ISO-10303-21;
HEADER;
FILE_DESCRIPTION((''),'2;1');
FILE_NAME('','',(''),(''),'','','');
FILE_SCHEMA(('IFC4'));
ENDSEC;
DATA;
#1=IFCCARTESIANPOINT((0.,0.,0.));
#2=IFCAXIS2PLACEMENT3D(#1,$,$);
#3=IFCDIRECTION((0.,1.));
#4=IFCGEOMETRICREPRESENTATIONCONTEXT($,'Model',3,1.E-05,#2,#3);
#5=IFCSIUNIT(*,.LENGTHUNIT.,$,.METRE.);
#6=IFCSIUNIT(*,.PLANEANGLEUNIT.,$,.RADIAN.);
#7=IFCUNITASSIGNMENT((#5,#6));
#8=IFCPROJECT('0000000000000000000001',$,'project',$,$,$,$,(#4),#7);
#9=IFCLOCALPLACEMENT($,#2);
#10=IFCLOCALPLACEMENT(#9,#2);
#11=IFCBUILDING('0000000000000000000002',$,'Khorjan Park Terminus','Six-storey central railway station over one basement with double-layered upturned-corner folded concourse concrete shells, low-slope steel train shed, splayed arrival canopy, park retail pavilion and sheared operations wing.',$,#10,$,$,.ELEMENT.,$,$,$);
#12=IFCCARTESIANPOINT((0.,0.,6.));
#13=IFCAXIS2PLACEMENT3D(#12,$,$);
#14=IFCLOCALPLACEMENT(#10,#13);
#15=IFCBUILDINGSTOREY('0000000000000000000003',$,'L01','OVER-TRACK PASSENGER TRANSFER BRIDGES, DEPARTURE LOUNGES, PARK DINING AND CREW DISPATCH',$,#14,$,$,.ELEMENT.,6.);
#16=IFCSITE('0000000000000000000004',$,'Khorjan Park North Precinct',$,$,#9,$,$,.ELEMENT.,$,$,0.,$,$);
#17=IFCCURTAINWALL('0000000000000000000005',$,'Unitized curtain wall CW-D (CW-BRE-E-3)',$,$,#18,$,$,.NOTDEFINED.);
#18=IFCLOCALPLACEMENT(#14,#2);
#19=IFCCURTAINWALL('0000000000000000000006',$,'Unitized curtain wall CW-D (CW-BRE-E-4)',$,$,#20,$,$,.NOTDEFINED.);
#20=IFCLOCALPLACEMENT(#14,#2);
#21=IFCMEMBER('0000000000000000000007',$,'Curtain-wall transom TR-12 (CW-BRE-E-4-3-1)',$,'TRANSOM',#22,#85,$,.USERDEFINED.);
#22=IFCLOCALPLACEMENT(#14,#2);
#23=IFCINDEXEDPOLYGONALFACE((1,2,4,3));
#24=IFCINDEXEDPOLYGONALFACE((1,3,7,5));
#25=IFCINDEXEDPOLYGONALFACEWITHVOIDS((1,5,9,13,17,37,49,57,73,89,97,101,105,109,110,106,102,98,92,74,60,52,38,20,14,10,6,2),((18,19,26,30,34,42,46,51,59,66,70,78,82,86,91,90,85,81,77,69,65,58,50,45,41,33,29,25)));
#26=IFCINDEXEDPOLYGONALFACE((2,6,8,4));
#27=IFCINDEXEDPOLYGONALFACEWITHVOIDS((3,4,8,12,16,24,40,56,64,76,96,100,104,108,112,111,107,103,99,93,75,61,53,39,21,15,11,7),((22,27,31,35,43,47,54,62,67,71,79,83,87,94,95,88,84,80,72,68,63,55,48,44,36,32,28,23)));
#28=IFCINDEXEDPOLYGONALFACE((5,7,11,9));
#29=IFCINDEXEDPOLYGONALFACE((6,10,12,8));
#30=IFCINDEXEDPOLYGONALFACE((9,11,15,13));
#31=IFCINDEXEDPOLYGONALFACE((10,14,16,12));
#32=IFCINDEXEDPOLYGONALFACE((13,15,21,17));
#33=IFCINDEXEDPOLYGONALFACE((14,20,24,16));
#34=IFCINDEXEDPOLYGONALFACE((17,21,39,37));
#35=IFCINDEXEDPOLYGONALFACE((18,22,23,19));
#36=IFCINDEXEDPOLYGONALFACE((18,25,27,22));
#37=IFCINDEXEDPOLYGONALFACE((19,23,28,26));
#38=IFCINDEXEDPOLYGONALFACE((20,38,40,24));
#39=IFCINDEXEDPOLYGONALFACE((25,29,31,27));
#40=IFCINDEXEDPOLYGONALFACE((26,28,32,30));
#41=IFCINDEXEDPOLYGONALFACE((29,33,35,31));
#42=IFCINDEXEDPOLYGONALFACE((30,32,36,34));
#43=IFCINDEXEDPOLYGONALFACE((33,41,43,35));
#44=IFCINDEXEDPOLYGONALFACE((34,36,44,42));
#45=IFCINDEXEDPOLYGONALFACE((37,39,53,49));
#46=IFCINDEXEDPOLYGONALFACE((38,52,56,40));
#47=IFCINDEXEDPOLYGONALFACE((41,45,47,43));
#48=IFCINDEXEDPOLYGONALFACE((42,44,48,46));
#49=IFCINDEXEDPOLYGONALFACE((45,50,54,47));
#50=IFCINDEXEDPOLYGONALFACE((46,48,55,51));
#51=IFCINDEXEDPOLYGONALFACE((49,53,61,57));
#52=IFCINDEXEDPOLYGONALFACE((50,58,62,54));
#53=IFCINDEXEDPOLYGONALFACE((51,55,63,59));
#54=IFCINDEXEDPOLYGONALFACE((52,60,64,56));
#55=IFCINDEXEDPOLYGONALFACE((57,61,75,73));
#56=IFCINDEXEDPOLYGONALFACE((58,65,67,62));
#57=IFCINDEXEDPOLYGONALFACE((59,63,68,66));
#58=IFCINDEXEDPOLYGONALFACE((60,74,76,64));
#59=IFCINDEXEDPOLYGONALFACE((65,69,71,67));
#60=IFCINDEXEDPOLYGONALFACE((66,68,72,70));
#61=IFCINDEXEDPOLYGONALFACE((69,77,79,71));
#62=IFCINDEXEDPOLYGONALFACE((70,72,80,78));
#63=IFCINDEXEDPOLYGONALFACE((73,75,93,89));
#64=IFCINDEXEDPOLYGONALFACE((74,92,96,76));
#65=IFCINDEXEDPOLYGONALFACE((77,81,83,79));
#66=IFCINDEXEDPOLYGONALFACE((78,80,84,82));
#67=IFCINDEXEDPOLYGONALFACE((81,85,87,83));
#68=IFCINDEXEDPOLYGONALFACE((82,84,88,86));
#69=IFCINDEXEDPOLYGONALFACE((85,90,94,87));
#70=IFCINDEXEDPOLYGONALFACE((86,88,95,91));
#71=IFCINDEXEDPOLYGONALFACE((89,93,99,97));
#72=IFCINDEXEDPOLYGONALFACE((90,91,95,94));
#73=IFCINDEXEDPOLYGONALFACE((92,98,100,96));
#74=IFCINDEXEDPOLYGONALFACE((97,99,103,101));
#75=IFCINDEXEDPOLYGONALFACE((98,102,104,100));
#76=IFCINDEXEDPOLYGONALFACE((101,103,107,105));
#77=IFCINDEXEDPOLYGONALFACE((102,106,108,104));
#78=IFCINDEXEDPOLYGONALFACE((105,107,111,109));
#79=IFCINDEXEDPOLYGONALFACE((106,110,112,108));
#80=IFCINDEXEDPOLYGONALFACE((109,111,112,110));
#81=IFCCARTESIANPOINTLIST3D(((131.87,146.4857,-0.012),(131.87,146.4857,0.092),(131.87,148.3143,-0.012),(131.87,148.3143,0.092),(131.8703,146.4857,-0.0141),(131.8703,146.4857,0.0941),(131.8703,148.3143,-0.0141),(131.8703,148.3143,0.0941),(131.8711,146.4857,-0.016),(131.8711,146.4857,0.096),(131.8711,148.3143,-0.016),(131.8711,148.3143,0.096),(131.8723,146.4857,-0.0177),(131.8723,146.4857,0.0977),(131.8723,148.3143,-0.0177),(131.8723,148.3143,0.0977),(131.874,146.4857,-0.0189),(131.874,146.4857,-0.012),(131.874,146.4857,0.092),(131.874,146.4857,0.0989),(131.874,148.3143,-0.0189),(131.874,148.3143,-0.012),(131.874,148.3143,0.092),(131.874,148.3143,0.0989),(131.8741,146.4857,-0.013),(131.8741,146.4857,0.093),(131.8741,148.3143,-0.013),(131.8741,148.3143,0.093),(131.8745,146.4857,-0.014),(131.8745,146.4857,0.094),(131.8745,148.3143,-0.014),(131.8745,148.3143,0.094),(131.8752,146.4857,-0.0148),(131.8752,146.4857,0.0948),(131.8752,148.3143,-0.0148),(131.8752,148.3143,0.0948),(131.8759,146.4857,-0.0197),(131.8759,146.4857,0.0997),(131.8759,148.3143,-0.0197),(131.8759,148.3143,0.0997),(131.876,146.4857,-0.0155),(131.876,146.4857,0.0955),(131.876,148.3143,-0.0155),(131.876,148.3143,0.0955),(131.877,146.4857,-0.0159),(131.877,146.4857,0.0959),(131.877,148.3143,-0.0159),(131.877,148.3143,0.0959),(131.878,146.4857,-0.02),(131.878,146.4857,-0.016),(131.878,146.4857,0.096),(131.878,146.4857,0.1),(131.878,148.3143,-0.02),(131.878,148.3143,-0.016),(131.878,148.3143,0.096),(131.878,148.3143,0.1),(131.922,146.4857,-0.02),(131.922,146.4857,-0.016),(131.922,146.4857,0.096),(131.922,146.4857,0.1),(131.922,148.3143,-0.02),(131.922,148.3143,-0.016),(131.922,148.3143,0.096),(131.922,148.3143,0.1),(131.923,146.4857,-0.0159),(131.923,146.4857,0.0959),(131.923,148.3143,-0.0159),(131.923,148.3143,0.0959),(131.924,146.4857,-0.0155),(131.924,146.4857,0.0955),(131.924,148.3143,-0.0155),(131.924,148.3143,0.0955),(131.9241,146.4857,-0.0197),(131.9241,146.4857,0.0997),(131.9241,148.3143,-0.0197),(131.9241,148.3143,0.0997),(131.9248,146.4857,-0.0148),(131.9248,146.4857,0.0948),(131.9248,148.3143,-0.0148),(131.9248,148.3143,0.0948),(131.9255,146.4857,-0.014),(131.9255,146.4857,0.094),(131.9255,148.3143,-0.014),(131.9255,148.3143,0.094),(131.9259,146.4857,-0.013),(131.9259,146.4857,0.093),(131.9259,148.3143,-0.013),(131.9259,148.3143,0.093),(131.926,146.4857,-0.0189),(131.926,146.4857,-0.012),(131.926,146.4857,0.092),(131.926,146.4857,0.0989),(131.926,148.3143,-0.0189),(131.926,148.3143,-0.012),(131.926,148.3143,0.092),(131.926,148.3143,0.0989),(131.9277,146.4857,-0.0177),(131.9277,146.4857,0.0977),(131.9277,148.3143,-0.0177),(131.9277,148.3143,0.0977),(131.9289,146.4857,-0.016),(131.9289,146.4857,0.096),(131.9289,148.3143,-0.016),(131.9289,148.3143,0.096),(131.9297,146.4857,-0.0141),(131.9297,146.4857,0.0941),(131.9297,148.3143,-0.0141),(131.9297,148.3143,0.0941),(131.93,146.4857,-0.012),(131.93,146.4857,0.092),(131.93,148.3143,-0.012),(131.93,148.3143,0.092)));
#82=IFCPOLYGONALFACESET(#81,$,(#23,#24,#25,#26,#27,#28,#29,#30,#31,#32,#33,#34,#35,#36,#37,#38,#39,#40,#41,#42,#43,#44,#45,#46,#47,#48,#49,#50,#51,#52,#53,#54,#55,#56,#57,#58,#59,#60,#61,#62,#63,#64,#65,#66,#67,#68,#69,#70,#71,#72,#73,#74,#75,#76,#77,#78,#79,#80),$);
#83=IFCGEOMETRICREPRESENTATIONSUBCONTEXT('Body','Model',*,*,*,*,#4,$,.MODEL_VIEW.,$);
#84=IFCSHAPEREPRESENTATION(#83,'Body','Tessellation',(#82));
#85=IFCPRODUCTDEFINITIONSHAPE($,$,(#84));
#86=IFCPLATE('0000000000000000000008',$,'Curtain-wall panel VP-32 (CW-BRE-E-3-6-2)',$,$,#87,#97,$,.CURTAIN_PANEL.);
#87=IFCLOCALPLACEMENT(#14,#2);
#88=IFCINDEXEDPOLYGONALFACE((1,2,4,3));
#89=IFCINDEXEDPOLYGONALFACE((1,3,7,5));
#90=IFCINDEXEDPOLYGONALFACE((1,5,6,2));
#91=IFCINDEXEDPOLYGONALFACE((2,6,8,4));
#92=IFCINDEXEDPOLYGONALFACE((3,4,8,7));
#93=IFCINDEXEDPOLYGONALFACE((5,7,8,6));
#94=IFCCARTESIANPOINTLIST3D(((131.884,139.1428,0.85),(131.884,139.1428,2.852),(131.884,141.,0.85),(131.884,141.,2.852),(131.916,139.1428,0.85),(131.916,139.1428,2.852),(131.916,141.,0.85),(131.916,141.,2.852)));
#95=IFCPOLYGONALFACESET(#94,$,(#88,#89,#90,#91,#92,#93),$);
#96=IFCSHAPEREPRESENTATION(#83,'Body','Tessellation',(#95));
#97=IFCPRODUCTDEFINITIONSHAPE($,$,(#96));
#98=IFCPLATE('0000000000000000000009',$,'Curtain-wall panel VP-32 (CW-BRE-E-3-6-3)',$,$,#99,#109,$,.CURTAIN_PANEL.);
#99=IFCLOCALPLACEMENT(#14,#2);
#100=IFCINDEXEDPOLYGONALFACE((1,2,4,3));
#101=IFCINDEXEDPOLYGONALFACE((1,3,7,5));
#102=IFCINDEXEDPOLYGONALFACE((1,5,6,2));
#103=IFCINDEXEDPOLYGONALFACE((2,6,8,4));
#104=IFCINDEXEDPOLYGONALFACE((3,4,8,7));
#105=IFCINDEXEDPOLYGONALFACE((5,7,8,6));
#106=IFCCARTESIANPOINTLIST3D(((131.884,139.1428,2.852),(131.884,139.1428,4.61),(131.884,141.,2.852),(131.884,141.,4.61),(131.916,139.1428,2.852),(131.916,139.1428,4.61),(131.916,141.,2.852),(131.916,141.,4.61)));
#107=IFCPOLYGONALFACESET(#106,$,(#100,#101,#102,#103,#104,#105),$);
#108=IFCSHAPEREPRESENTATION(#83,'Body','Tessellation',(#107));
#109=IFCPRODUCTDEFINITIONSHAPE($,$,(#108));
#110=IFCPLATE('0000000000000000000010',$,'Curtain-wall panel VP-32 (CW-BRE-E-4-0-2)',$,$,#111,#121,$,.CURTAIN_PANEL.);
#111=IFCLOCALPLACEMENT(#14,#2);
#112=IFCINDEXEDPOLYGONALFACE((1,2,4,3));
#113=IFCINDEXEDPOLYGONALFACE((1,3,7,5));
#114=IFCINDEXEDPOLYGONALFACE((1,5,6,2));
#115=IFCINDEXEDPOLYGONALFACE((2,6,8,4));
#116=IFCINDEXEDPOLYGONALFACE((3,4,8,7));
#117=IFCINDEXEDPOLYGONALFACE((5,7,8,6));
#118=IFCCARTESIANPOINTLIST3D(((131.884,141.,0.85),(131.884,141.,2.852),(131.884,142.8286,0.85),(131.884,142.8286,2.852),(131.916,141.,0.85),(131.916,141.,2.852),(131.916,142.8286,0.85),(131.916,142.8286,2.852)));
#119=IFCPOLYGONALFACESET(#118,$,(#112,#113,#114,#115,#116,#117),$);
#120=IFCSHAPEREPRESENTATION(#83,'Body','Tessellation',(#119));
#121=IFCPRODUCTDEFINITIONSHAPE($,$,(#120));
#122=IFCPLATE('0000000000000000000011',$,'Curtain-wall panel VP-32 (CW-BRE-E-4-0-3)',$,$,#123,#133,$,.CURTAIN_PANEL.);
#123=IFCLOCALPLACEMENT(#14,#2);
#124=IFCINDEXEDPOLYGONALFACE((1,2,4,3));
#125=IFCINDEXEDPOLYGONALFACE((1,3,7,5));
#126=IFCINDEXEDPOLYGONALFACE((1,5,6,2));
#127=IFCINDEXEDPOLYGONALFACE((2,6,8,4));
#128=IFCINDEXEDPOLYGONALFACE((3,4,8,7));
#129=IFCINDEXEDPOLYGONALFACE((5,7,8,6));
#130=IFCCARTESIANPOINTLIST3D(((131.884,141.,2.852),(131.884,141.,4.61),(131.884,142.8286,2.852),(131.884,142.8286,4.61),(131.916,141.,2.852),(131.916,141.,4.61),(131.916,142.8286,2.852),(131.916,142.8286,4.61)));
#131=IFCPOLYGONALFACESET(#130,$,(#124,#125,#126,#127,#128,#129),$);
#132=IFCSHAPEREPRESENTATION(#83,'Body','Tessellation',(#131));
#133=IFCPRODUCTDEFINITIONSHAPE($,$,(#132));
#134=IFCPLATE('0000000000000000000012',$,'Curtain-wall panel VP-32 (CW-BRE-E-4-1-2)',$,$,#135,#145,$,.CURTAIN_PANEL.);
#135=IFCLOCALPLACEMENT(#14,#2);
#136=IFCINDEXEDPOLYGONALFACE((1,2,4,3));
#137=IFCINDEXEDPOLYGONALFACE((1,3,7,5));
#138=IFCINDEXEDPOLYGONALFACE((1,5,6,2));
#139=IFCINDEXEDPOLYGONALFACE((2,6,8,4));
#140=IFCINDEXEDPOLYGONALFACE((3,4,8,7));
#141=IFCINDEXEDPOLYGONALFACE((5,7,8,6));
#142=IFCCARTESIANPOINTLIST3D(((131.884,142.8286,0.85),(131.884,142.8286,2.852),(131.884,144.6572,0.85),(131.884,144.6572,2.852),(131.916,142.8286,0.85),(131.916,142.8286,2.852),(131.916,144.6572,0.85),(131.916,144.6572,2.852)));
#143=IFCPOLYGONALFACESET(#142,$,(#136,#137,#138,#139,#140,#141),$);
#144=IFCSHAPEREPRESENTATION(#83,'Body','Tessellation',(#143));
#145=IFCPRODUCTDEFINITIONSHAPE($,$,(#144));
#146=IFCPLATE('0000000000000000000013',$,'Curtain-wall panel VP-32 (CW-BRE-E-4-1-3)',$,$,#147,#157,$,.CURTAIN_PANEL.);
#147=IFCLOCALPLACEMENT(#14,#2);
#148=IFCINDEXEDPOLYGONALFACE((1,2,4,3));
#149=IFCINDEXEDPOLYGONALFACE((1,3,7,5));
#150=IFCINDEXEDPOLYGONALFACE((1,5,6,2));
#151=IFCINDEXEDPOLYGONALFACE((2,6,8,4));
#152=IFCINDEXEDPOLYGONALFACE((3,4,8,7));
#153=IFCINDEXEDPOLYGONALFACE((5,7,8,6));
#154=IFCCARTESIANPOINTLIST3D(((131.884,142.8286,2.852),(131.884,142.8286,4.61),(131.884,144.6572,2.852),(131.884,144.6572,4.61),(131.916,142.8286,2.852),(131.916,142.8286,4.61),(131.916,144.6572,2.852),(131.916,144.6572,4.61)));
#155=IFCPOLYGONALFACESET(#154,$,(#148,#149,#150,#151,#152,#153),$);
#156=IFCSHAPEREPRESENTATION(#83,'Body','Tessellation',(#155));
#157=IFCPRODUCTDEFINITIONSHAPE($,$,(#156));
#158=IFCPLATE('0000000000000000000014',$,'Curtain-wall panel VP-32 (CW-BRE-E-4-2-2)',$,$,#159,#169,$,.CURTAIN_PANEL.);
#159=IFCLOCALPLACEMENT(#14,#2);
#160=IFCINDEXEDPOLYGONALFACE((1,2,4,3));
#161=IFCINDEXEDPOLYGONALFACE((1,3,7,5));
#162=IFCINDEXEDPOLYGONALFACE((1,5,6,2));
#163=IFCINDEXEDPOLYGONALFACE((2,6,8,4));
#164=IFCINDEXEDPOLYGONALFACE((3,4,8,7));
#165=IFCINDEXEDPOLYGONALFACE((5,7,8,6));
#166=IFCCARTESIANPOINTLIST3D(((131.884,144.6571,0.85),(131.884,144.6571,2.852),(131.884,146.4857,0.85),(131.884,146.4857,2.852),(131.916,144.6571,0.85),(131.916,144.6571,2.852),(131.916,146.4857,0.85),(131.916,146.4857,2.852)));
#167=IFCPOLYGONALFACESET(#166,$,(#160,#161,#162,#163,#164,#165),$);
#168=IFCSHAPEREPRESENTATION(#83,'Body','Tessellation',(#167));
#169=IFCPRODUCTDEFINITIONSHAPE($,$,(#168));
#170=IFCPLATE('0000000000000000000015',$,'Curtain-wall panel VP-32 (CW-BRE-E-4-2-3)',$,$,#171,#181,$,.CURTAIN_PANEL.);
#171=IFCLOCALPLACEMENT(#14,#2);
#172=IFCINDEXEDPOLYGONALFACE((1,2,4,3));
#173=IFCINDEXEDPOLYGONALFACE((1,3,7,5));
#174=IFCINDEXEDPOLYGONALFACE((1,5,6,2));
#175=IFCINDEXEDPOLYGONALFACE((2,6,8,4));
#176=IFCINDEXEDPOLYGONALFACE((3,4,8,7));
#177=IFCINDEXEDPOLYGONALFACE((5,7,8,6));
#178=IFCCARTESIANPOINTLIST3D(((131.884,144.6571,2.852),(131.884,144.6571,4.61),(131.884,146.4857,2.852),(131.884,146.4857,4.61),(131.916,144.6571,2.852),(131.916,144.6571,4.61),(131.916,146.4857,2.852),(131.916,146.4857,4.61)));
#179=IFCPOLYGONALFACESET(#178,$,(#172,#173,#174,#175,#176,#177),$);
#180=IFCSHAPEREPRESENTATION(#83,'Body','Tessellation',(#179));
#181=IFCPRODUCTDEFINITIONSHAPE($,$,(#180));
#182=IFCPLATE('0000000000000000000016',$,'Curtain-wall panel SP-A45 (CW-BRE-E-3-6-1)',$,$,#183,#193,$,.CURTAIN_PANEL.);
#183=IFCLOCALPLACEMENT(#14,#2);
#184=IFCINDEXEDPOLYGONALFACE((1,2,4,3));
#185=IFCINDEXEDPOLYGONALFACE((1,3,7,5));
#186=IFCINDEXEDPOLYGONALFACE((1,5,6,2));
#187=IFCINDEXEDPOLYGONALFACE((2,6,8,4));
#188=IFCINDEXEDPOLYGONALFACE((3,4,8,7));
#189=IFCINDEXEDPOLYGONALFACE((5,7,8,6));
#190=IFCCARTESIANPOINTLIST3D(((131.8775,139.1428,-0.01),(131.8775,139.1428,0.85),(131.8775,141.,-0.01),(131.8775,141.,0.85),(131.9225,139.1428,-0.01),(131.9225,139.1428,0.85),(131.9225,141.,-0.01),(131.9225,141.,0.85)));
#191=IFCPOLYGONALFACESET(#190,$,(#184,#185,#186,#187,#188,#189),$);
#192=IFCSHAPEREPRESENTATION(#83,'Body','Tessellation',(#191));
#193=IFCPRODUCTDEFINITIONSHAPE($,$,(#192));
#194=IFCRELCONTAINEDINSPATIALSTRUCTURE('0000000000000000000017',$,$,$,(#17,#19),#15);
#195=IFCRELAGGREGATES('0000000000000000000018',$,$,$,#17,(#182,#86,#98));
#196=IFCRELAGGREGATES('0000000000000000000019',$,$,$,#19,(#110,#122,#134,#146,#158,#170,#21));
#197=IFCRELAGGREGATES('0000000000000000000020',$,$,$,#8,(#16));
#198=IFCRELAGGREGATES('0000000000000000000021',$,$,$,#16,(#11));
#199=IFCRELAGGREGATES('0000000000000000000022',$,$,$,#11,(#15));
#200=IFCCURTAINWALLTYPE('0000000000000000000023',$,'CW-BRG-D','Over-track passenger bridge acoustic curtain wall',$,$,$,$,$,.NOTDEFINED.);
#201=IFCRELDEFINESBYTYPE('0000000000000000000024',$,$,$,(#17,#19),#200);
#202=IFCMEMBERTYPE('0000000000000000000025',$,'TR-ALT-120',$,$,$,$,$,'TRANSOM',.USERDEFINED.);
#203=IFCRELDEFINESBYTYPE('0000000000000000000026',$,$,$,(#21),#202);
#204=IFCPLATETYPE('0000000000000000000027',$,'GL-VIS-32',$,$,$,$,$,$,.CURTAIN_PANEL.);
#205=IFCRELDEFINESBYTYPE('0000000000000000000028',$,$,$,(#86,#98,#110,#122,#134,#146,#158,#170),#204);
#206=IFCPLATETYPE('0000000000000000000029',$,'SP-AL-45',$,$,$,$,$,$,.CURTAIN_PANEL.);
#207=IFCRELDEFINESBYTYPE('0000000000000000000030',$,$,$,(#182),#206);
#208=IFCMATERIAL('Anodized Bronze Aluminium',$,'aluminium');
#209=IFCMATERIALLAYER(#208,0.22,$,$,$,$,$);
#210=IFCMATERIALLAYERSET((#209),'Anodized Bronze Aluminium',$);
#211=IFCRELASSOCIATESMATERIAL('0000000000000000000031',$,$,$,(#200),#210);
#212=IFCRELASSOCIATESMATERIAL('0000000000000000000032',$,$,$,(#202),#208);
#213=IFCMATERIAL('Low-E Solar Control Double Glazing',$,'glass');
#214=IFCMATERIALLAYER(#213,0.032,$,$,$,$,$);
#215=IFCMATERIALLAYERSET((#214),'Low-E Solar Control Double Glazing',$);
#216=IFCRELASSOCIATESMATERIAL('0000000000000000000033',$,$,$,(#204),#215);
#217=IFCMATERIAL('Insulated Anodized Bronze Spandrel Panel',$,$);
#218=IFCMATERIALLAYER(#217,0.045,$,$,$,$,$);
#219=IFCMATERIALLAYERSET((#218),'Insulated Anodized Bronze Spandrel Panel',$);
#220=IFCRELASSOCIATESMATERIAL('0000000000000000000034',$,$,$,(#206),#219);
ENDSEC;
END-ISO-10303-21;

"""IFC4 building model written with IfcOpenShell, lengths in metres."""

from ifc_helpers import new_model, si_unit, direction, frame, origin, origin_2d, place, context, subcontext, project, spatial, rectangle, hollow_rectangle, extrude, material, layer, layer_set, material_profile, profile_set, type_object, element, aggregate, save


model = new_model("IFC4")

# Units and contexts
model_context = context("Model", 3, precision=1e-05, world=origin(), true_north=direction((0.0, 1.0)))
body_context = subcontext(model_context, "Body", "Model", "MODEL_VIEW")
ifc_project = project(units=[si_unit("LENGTHUNIT", "METRE"), si_unit("PLANEANGLEUNIT", "RADIAN")], contexts=[model_context])

# Site, building, storey
site_placement = place(None, origin())
site = spatial("IfcSite", under=ifc_project, at=site_placement, Name="Khorjan Park North Precinct", CompositionType="ELEMENT", RefElevation=0.0)
building_placement = place(site_placement, origin())
building = spatial("IfcBuilding", under=site, at=building_placement, Name="Khorjan Park Terminus", Description="Six-storey central railway station over one basement with double-layered upturned-corner folded concourse concrete shells, low-slope steel train shed, splayed arrival canopy, park retail pavilion and sheared operations wing.", CompositionType="ELEMENT")
storey_placement = place(building_placement, frame((0.0, 0.0, 6.0)))
storey = spatial("IfcBuildingStorey", under=building, at=storey_placement, Name="L01", Description="OVER-TRACK PASSENGER TRANSFER BRIDGES, DEPARTURE LOUNGES, PARK DINING AND CREW DISPATCH", CompositionType="ELEMENT", Elevation=6.0)

# Curtain wall
ifc_material_1 = material(Name="Anodized Bronze Aluminium", Category="aluminium")
ifc_layer_1 = layer(ifc_material_1, 0.22)
ifc_layer_set_1 = layer_set([ifc_layer_1], Name="Anodized Bronze Aluminium")
curtain_wall_type = type_object("IfcCurtainWallType", Name="CW-BRG-D", Description="Over-track passenger bridge acoustic curtain wall", PredefinedType="NOTDEFINED", material=ifc_layer_set_1)
curtain_wall_1_placement = place(storey_placement, origin())
curtain_wall_1 = element("IfcCurtainWall", 1, at=curtain_wall_1_placement, inside=storey, type_object=curtain_wall_type, Name="Unitized curtain wall CW-D (CW-BRE-E-3)", PredefinedType="NOTDEFINED")

# Curtain wall
curtain_wall_2_placement = place(storey_placement, origin())
curtain_wall_2 = element("IfcCurtainWall", 2, at=curtain_wall_2_placement, inside=storey, type_object=curtain_wall_type, Name="Unitized curtain wall CW-D (CW-BRE-E-4)", PredefinedType="NOTDEFINED")

# Member
ifc_material_profile_1 = material_profile(ifc_material_1, hollow_rectangle(XDim=0.06, YDim=0.12, WallThickness=0.004, InnerFilletRadius=0.004, OuterFilletRadius=0.008, at=origin_2d()), Name="ALT 60x120x4")
ifc_profile_set_1 = profile_set([ifc_material_profile_1], Name="Anodized Bronze Aluminium")
member_type_1 = type_object("IfcMemberType", Name="TR-ALT-120", ElementType="TRANSOM", PredefinedType="USERDEFINED", material=ifc_profile_set_1)
member_1_placement = place(storey_placement, frame((131.9, 146.4857, 0.04), z_axis=(0.0, 1.0, 0.0), x_axis=(-1.0, 0.0, 0.0)))
member_1 = element("IfcMember", 3, at=member_1_placement, type_object=member_type_1, Name="Curtain-wall transom TR-12 (CW-BRE-E-4-3-1)", ObjectType="TRANSOM", PredefinedType="USERDEFINED", context=body_context, shape_type="SweptSolid", body=[
    extrude(hollow_rectangle(XDim=0.06, YDim=0.12, WallThickness=0.004, InnerFilletRadius=0.004, OuterFilletRadius=0.008, at=origin_2d()), origin(), (0.0, 0.0, 1.0), 1.8286),
])

# Plates
ifc_material_2 = material(Name="Low-E Solar Control Double Glazing", Category="glass")
ifc_layer_2 = layer(ifc_material_2, 0.032)
ifc_layer_set_2 = layer_set([ifc_layer_2], Name="Low-E Solar Control Double Glazing")
plate_type_1 = type_object("IfcPlateType", Name="GL-VIS-32", PredefinedType="CURTAIN_PANEL", material=ifc_layer_set_2)
plate_1_placement = place(storey_placement, frame((131.9, 140.0714, 0.85), z_axis=(0.0, 0.0, 1.0), x_axis=(0.0, 1.0, 0.0)))
plate_1 = element("IfcPlate", 4, at=plate_1_placement, type_object=plate_type_1, Name="Curtain-wall panel VP-32 (CW-BRE-E-3-6-2)", PredefinedType="CURTAIN_PANEL", context=body_context, shape_type="SweptSolid", body=[
    extrude(rectangle(XDim=1.8571, YDim=0.032, at=origin_2d()), origin(), (0.0, 0.0, 1.0), 2.002),
])
plate_2_placement = place(storey_placement, frame((131.9, 140.0714, 2.852), z_axis=(0.0, 0.0, 1.0), x_axis=(0.0, 1.0, 0.0)))
plate_2 = element("IfcPlate", 5, at=plate_2_placement, type_object=plate_type_1, Name="Curtain-wall panel VP-32 (CW-BRE-E-3-6-3)", PredefinedType="CURTAIN_PANEL", context=body_context, shape_type="SweptSolid", body=[
    extrude(rectangle(XDim=1.8571, YDim=0.032, at=origin_2d()), origin(), (0.0, 0.0, 1.0), 1.758),
])
plate_3_placement = place(storey_placement, frame((131.9, 141.9143, 0.85), z_axis=(0.0, 0.0, 1.0), x_axis=(0.0, 1.0, 0.0)))
plate_3 = element("IfcPlate", 6, at=plate_3_placement, type_object=plate_type_1, Name="Curtain-wall panel VP-32 (CW-BRE-E-4-0-2)", PredefinedType="CURTAIN_PANEL", context=body_context, shape_type="SweptSolid", body=[
    extrude(rectangle(XDim=1.8286, YDim=0.032, at=origin_2d()), origin(), (0.0, 0.0, 1.0), 2.002),
])
plate_4_placement = place(storey_placement, frame((131.9, 141.9143, 2.852), z_axis=(0.0, 0.0, 1.0), x_axis=(0.0, 1.0, 0.0)))
plate_4 = element("IfcPlate", 7, at=plate_4_placement, type_object=plate_type_1, Name="Curtain-wall panel VP-32 (CW-BRE-E-4-0-3)", PredefinedType="CURTAIN_PANEL", context=body_context, shape_type="SweptSolid", body=[
    extrude(rectangle(XDim=1.8286, YDim=0.032, at=origin_2d()), origin(), (0.0, 0.0, 1.0), 1.758),
])
plate_5_placement = place(storey_placement, frame((131.9, 143.7429, 0.85), z_axis=(0.0, 0.0, 1.0), x_axis=(0.0, 1.0, 0.0)))
plate_5 = element("IfcPlate", 8, at=plate_5_placement, type_object=plate_type_1, Name="Curtain-wall panel VP-32 (CW-BRE-E-4-1-2)", PredefinedType="CURTAIN_PANEL", context=body_context, shape_type="SweptSolid", body=[
    extrude(rectangle(XDim=1.8286, YDim=0.032, at=origin_2d()), origin(), (0.0, 0.0, 1.0), 2.002),
])
plate_6_placement = place(storey_placement, frame((131.9, 143.7429, 2.852), z_axis=(0.0, 0.0, 1.0), x_axis=(0.0, 1.0, 0.0)))
plate_6 = element("IfcPlate", 9, at=plate_6_placement, type_object=plate_type_1, Name="Curtain-wall panel VP-32 (CW-BRE-E-4-1-3)", PredefinedType="CURTAIN_PANEL", context=body_context, shape_type="SweptSolid", body=[
    extrude(rectangle(XDim=1.8286, YDim=0.032, at=origin_2d()), origin(), (0.0, 0.0, 1.0), 1.758),
])
plate_7_placement = place(storey_placement, frame((131.9, 145.5714, 0.85), z_axis=(0.0, 0.0, 1.0), x_axis=(0.0, 1.0, 0.0)))
plate_7 = element("IfcPlate", 10, at=plate_7_placement, type_object=plate_type_1, Name="Curtain-wall panel VP-32 (CW-BRE-E-4-2-2)", PredefinedType="CURTAIN_PANEL", context=body_context, shape_type="SweptSolid", body=[
    extrude(rectangle(XDim=1.8286, YDim=0.032, at=origin_2d()), origin(), (0.0, 0.0, 1.0), 2.002),
])
plate_8_placement = place(storey_placement, frame((131.9, 145.5714, 2.852), z_axis=(0.0, 0.0, 1.0), x_axis=(0.0, 1.0, 0.0)))
plate_8 = element("IfcPlate", 11, at=plate_8_placement, type_object=plate_type_1, Name="Curtain-wall panel VP-32 (CW-BRE-E-4-2-3)", PredefinedType="CURTAIN_PANEL", context=body_context, shape_type="SweptSolid", body=[
    extrude(rectangle(XDim=1.8286, YDim=0.032, at=origin_2d()), origin(), (0.0, 0.0, 1.0), 1.758),
])
ifc_material_3 = material(Name="Insulated Anodized Bronze Spandrel Panel")
ifc_layer_3 = layer(ifc_material_3, 0.045)
ifc_layer_set_3 = layer_set([ifc_layer_3], Name="Insulated Anodized Bronze Spandrel Panel")
plate_type_2 = type_object("IfcPlateType", Name="SP-AL-45", PredefinedType="CURTAIN_PANEL", material=ifc_layer_set_3)
plate_9_placement = place(storey_placement, frame((131.9, 140.0714, -0.01), z_axis=(0.0, 0.0, 1.0), x_axis=(0.0, 1.0, 0.0)))
plate_9 = element("IfcPlate", 12, at=plate_9_placement, type_object=plate_type_2, Name="Curtain-wall panel SP-A45 (CW-BRE-E-3-6-1)", PredefinedType="CURTAIN_PANEL", context=body_context, shape_type="SweptSolid", body=[
    extrude(rectangle(XDim=1.8571, YDim=0.045, at=origin_2d()), origin(), (0.0, 0.0, 1.0), 0.86),
])
aggregate(curtain_wall_1, [plate_9, plate_1, plate_2])
aggregate(curtain_wall_2, [plate_3, plate_4, plate_5, plate_6, plate_7, plate_8, member_1])

save(model, "model.ifc")
